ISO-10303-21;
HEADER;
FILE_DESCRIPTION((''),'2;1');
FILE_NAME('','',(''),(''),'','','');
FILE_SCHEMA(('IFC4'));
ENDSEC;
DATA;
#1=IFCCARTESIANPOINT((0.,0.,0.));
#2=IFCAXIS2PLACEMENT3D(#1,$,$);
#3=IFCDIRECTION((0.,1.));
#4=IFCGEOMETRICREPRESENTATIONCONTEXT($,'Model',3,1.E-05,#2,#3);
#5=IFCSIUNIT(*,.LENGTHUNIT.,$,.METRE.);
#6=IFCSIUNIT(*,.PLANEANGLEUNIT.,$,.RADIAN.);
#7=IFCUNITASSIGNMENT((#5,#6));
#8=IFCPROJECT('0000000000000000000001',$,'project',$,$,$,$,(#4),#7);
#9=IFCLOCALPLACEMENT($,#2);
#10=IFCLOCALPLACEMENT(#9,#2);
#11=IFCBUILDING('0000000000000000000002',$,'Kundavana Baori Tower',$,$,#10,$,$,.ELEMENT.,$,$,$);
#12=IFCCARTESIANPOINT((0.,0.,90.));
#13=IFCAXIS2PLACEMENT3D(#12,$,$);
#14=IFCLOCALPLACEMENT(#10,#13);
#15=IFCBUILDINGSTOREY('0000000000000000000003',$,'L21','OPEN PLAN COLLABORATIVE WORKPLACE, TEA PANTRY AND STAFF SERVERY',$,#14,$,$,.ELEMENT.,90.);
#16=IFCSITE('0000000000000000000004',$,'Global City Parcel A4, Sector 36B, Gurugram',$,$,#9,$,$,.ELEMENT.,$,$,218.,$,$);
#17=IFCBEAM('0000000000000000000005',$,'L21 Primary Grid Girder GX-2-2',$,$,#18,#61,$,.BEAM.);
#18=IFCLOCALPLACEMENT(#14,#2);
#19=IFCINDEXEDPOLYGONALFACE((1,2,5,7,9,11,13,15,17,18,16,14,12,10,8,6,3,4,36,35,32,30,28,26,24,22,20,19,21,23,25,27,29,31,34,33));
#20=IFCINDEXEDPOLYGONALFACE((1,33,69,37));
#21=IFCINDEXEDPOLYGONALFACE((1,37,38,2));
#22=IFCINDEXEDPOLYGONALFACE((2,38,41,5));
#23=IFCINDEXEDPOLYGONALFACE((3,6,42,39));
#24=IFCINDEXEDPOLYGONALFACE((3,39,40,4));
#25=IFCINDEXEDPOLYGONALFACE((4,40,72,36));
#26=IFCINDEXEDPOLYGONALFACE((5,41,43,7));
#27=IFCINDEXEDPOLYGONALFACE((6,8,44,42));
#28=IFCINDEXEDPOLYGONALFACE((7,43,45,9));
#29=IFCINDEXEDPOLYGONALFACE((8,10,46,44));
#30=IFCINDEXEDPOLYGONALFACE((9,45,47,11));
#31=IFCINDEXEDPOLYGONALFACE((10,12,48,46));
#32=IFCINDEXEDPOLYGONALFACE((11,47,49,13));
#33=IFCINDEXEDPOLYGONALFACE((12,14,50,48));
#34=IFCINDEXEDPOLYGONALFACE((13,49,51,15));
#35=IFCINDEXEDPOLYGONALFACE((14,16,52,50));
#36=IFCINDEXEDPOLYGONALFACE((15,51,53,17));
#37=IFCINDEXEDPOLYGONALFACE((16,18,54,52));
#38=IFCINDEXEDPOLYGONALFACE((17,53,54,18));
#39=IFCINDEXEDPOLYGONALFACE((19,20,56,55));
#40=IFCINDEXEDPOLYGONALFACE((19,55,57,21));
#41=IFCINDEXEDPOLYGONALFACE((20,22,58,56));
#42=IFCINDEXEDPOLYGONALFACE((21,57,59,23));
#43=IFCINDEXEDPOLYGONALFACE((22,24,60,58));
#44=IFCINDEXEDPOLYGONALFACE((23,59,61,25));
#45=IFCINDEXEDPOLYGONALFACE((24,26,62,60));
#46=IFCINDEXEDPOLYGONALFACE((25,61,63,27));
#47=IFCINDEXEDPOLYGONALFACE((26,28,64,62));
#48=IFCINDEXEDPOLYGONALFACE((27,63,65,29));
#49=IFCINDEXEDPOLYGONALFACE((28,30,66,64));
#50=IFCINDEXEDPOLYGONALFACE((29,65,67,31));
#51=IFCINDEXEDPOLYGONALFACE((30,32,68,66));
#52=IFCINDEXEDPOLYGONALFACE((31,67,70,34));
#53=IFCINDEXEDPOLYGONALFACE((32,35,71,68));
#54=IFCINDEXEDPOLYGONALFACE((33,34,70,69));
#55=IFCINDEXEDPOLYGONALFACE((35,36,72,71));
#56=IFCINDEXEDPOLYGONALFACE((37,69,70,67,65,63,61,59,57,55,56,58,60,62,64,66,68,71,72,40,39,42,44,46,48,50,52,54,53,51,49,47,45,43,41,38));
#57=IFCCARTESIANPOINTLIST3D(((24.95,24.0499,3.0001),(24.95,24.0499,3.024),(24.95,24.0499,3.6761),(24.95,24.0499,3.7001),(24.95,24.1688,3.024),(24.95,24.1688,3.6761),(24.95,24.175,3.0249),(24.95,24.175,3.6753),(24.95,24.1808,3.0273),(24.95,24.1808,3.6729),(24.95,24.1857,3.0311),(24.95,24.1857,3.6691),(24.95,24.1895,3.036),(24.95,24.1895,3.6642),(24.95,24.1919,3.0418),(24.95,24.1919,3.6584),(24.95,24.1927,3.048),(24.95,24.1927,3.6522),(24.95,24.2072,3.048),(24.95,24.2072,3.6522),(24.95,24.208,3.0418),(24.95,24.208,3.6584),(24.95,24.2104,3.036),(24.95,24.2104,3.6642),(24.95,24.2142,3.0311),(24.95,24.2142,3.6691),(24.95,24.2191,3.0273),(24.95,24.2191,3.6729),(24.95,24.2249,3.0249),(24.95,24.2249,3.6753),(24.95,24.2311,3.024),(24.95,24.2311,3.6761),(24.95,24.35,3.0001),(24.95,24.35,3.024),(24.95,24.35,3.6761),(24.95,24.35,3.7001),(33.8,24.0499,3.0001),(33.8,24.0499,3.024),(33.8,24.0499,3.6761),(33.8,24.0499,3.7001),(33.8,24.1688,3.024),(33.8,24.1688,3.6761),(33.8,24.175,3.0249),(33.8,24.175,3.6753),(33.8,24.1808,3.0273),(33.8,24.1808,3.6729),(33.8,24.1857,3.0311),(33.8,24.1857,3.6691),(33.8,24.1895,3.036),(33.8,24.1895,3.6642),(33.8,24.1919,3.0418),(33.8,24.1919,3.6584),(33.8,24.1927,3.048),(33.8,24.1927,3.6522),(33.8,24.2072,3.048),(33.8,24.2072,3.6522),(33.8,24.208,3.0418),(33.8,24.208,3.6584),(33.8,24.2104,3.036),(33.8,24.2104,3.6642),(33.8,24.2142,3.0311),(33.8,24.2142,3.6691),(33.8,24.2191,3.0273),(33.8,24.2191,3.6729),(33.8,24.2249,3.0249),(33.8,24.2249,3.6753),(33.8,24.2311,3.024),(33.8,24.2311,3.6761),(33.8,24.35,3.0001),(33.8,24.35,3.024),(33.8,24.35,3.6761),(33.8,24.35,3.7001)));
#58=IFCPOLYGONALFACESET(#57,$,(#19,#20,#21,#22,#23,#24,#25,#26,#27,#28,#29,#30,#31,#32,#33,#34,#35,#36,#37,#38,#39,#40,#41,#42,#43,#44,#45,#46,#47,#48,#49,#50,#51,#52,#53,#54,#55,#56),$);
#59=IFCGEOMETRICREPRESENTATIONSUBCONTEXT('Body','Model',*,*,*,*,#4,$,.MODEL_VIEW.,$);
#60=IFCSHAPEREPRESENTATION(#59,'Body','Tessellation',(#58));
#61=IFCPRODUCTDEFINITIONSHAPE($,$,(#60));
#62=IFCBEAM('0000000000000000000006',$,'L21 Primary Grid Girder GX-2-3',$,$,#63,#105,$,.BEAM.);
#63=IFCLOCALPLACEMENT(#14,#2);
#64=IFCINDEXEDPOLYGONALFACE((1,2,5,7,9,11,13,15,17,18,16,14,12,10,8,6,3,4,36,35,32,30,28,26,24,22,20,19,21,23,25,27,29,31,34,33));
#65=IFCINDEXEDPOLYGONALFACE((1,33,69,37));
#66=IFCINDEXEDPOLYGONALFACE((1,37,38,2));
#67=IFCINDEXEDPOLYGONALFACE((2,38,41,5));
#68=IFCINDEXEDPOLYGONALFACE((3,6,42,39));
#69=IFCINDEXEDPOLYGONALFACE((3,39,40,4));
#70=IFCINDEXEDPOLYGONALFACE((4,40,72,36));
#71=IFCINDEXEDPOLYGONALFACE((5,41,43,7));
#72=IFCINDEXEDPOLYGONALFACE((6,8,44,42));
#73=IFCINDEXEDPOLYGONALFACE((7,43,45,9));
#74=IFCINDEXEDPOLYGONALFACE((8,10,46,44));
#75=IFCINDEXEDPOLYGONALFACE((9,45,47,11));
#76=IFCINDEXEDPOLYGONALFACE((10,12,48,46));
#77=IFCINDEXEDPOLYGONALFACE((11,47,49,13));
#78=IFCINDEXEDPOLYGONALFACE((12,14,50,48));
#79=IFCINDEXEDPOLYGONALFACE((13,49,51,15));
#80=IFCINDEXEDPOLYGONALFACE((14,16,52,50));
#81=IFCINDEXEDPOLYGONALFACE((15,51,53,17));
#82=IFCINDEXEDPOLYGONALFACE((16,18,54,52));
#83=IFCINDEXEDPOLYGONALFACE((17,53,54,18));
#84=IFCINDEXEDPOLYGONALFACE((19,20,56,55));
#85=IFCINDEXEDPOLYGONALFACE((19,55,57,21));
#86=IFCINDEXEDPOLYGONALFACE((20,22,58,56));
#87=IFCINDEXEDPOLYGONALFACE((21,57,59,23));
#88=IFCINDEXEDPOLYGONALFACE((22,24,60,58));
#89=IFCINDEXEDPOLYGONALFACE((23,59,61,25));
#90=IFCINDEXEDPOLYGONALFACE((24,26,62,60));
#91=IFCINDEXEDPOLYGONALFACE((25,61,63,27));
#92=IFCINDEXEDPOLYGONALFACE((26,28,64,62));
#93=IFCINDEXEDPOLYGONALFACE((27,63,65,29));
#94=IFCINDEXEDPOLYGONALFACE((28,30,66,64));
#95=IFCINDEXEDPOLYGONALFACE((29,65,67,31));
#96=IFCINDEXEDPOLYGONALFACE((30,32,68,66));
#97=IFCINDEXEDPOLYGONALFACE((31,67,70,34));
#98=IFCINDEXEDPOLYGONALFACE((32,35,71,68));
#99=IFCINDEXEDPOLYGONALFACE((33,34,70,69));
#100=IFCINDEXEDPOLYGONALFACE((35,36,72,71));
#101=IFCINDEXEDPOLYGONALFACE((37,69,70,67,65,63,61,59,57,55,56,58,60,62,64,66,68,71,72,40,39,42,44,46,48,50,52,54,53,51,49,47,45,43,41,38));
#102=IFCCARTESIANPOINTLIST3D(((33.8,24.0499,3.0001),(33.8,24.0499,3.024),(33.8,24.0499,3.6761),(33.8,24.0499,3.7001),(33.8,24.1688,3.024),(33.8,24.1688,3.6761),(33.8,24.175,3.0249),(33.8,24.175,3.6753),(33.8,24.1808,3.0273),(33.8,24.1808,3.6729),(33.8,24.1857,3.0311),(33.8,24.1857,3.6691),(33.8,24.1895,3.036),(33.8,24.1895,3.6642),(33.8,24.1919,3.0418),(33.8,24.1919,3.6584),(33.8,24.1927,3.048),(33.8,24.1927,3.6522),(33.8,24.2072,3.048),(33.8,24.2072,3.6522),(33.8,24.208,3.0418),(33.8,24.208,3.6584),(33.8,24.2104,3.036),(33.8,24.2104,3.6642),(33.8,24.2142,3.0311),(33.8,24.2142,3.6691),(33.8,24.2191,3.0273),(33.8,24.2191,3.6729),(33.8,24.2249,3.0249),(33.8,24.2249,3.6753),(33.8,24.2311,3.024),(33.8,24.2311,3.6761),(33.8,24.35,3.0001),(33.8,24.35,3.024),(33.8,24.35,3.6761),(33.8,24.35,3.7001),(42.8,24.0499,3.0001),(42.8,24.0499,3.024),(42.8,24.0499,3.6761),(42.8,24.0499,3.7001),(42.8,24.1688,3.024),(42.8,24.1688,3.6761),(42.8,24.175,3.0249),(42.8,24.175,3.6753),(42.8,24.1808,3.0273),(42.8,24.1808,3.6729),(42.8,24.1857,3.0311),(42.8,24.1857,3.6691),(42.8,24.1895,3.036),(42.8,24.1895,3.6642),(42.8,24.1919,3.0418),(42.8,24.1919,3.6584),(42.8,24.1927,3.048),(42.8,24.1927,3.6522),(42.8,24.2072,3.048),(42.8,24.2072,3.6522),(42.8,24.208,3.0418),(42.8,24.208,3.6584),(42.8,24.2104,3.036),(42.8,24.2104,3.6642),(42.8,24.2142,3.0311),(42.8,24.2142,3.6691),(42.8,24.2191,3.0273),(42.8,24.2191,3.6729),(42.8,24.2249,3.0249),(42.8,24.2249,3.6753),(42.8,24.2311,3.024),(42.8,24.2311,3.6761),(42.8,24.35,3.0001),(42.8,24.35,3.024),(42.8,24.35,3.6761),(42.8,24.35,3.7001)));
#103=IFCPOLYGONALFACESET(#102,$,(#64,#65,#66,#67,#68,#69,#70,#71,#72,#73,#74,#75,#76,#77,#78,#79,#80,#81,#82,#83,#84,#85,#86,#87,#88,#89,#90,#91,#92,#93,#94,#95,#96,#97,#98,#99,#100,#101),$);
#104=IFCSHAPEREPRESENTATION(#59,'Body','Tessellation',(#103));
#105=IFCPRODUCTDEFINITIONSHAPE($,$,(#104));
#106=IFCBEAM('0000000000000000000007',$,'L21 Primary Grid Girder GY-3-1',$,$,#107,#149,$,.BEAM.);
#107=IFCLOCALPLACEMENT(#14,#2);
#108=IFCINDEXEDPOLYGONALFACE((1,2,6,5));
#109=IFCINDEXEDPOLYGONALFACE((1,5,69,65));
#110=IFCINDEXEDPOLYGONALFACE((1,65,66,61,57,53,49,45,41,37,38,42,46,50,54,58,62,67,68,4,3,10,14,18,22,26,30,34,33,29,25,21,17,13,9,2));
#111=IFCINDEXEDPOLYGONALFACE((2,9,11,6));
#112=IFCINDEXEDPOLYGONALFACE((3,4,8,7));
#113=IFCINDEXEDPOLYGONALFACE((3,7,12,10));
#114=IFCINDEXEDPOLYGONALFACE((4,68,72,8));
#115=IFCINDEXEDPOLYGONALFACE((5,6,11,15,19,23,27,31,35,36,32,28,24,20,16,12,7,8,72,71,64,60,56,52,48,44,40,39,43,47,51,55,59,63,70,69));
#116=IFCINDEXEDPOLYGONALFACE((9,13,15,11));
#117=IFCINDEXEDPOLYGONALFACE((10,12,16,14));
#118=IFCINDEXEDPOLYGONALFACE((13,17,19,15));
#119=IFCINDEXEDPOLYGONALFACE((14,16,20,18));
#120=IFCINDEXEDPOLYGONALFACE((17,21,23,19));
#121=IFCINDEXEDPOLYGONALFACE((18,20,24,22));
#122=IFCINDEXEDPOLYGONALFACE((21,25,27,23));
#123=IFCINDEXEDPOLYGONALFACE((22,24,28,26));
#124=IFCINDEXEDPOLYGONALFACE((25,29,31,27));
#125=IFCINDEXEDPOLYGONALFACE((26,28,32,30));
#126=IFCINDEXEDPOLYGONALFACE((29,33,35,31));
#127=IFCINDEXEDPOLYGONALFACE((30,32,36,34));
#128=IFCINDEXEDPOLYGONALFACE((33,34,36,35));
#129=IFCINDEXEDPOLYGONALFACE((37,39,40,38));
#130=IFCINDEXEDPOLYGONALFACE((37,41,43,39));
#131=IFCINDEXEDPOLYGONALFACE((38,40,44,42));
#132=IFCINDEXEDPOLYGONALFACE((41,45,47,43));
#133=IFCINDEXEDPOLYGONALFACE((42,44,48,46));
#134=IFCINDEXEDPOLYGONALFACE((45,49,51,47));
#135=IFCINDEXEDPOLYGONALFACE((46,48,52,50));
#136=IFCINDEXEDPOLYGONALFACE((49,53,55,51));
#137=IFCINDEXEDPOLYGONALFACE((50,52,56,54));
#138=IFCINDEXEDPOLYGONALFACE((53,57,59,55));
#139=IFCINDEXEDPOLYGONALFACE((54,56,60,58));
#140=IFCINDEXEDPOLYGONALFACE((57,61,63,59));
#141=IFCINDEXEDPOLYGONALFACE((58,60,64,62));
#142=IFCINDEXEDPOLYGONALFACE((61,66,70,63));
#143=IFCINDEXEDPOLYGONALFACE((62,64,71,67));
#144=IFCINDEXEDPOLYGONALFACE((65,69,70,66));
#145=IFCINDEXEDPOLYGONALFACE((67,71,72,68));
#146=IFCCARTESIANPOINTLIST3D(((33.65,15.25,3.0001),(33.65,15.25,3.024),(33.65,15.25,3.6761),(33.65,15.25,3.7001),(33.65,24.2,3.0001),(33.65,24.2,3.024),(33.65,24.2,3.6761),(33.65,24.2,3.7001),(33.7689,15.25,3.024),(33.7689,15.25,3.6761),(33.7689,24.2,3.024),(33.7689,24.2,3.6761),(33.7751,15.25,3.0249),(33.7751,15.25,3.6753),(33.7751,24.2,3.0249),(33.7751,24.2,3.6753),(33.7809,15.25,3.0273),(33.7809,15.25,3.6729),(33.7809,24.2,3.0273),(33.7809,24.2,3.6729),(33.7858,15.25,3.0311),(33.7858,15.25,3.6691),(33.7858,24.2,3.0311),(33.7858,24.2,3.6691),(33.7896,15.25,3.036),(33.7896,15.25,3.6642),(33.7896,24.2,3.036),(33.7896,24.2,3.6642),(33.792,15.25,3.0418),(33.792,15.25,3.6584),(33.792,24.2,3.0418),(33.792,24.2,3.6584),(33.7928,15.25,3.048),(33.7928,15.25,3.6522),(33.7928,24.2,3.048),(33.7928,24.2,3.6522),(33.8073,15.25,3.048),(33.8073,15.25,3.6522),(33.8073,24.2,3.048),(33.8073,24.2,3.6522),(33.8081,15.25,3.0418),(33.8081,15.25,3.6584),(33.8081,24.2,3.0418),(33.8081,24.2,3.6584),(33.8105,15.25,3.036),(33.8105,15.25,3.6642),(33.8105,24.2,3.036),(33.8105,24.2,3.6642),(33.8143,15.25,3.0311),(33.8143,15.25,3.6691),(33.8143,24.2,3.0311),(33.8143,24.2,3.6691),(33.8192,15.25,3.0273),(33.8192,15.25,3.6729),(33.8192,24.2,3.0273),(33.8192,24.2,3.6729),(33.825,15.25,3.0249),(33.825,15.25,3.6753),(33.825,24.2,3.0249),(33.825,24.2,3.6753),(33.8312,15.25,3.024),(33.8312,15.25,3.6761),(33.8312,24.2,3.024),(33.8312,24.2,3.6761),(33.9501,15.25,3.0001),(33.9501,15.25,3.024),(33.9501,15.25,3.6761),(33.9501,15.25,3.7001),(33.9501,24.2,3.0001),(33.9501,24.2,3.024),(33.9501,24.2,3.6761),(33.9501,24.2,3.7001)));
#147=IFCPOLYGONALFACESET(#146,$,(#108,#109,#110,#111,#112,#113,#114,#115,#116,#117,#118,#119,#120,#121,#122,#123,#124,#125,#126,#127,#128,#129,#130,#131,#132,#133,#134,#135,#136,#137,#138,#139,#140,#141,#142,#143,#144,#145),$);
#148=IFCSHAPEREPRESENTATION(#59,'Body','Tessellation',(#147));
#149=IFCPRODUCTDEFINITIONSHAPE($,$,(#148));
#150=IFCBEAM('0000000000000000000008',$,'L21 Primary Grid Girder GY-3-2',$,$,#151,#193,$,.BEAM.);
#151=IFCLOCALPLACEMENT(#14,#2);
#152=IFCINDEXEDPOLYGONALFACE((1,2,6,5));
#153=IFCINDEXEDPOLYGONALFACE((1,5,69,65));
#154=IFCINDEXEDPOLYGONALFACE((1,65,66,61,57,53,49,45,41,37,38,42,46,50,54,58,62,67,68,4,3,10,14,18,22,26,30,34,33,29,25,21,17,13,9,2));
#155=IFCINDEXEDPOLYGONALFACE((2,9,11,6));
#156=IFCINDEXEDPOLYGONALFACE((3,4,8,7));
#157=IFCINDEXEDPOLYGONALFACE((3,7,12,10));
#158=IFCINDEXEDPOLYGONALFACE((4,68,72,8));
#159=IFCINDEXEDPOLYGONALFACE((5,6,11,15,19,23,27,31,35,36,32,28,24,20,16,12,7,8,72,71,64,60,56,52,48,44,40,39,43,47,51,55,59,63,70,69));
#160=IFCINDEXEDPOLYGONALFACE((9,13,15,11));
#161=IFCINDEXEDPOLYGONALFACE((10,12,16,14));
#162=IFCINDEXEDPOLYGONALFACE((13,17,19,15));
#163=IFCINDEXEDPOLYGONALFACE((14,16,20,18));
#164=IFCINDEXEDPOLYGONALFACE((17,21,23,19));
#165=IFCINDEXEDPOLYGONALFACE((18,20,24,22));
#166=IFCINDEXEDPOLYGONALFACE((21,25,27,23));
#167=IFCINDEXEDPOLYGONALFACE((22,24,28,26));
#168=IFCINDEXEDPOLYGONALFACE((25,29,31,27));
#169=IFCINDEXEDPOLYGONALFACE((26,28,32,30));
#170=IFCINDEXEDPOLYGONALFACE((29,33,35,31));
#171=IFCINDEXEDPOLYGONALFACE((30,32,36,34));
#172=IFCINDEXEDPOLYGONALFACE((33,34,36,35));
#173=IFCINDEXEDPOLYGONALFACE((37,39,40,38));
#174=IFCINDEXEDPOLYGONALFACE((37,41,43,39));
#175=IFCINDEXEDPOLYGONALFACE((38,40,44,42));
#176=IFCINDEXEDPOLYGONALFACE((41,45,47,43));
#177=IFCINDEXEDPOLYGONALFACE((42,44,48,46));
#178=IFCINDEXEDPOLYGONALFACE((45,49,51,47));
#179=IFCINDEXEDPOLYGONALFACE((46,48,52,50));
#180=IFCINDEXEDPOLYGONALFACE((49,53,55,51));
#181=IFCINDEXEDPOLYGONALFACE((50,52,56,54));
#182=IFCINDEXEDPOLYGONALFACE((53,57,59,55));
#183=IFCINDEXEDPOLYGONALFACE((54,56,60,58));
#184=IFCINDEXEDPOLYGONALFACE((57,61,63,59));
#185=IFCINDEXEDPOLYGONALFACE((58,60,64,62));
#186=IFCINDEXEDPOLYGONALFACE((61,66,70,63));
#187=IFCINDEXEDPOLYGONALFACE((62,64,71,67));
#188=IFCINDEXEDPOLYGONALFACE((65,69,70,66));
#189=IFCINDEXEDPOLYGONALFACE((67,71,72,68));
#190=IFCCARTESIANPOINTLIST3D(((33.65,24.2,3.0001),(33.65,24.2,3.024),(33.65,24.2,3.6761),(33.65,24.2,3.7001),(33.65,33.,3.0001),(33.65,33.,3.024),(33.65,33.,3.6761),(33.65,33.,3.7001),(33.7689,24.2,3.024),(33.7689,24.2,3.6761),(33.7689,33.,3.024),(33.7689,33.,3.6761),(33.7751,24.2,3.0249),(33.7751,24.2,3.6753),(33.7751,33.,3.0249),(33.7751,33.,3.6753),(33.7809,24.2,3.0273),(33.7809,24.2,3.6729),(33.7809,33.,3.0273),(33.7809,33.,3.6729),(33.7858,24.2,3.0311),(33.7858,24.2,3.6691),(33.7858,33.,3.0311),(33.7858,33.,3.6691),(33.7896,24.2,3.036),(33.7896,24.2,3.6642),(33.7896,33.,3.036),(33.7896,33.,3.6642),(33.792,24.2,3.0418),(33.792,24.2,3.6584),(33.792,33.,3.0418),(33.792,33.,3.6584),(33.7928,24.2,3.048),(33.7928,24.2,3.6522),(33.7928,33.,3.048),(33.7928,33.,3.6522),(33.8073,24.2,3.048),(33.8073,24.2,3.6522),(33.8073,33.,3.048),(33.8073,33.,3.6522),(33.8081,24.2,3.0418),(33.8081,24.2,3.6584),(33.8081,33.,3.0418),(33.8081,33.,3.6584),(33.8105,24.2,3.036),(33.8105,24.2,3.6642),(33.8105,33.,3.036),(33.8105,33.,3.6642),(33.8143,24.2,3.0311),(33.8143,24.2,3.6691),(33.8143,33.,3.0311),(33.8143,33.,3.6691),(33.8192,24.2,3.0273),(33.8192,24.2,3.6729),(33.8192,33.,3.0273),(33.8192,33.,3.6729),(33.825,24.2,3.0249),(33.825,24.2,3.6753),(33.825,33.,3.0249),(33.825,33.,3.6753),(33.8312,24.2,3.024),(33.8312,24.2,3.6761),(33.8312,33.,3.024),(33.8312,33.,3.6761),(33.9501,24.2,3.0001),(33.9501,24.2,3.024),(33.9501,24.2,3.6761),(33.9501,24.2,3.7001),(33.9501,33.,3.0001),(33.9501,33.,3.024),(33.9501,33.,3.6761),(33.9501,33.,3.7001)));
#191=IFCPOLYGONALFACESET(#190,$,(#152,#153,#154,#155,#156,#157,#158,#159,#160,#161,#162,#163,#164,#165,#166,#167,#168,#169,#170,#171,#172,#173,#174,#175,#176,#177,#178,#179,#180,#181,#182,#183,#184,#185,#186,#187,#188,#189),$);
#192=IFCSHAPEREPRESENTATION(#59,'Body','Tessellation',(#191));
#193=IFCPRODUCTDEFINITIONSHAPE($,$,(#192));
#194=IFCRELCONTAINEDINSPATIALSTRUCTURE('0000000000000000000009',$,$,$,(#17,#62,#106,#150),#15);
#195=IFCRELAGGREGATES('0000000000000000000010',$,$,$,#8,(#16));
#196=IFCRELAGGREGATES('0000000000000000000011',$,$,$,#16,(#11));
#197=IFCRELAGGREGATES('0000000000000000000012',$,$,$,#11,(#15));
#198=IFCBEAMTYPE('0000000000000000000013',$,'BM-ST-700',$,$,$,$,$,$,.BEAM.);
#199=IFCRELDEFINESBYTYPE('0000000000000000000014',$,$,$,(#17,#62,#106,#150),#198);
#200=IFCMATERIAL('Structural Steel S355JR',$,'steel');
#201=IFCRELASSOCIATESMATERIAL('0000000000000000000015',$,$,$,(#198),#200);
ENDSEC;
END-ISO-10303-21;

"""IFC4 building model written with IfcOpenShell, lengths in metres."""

from ifc_helpers import new_model, si_unit, direction, frame, origin, origin_2d, place, context, subcontext, project, spatial, i_section, extrude, material, material_profile, profile_set, type_object, element, save


model = new_model("IFC4")

# Units and contexts
model_context = context("Model", 3, precision=1e-05, world=origin(), true_north=direction((0.0, 1.0)))
body_context = subcontext(model_context, "Body", "Model", "MODEL_VIEW")
ifc_project = project(units=[si_unit("LENGTHUNIT", "METRE"), si_unit("PLANEANGLEUNIT", "RADIAN")], contexts=[model_context])

# Site, building, storey
site_placement = place(None, origin())
site = spatial("IfcSite", under=ifc_project, at=site_placement, Name="Global City Parcel A4, Sector 36B, Gurugram", CompositionType="ELEMENT", RefElevation=218.0)
building_placement = place(site_placement, origin())
building = spatial("IfcBuilding", under=site, at=building_placement, Name="Kundavana Baori Tower", CompositionType="ELEMENT")
storey_placement = place(building_placement, frame((0.0, 0.0, 90.0)))
storey = spatial("IfcBuildingStorey", under=building, at=storey_placement, Name="L21", Description="OPEN PLAN COLLABORATIVE WORKPLACE, TEA PANTRY AND STAFF SERVERY", CompositionType="ELEMENT", Elevation=90.0)

# Beams
ifc_material_1 = material(Name="Structural Steel S355JR", Category="steel")
ifc_material_profile_1 = material_profile(ifc_material_1, i_section(OverallWidth=0.3, OverallDepth=0.7, WebThickness=0.0144, FlangeThickness=0.0239, FilletRadius=0.0239, at=origin_2d()), Name="NPB 700x300x170")
ifc_profile_set_1 = profile_set([ifc_material_profile_1], Name="Structural Steel S355JR")
beam_type_1 = type_object("IfcBeamType", Name="BM-ST-700", PredefinedType="BEAM", material=ifc_profile_set_1)
beam_1_placement = place(storey_placement, frame((24.95, 24.2, 3.3501), z_axis=(1.0, 0.0, 0.0), x_axis=(0.0, 1.0, 0.0)))
element("IfcBeam", 1, at=beam_1_placement, inside=storey, type_object=beam_type_1, Name="L21 Primary Grid Girder GX-2-2", PredefinedType="BEAM", context=body_context, shape_type="SweptSolid", body=[
    extrude(i_section(OverallWidth=0.3, OverallDepth=0.7, WebThickness=0.0144, FlangeThickness=0.0239, FilletRadius=0.0239, at=origin_2d()), origin(), (0.0, 0.0, 1.0), 8.8501),
])
beam_2_placement = place(storey_placement, frame((33.8, 24.2, 3.3501), z_axis=(1.0, 0.0, 0.0), x_axis=(0.0, 1.0, 0.0)))
element("IfcBeam", 2, at=beam_2_placement, inside=storey, type_object=beam_type_1, Name="L21 Primary Grid Girder GX-2-3", PredefinedType="BEAM", context=body_context, shape_type="SweptSolid", body=[
    extrude(i_section(OverallWidth=0.3, OverallDepth=0.7, WebThickness=0.0144, FlangeThickness=0.0239, FilletRadius=0.0239, at=origin_2d()), origin(), (0.0, 0.0, 1.0), 9.0),
])
beam_3_placement = place(storey_placement, frame((33.8, 15.25, 3.3501), z_axis=(0.0, 1.0, 0.0), x_axis=(-1.0, 0.0, 0.0)))
element("IfcBeam", 3, at=beam_3_placement, inside=storey, type_object=beam_type_1, Name="L21 Primary Grid Girder GY-3-1", PredefinedType="BEAM", context=body_context, shape_type="SweptSolid", body=[
    extrude(i_section(OverallWidth=0.3, OverallDepth=0.7, WebThickness=0.0144, FlangeThickness=0.0239, FilletRadius=0.0239, at=origin_2d()), origin(), (0.0, 0.0, 1.0), 8.95),
])
beam_4_placement = place(storey_placement, frame((33.8, 24.2, 3.3501), z_axis=(0.0, 1.0, 0.0), x_axis=(-1.0, 0.0, 0.0)))
element("IfcBeam", 4, at=beam_4_placement, inside=storey, type_object=beam_type_1, Name="L21 Primary Grid Girder GY-3-2", PredefinedType="BEAM", context=body_context, shape_type="SweptSolid", body=[
    extrude(i_section(OverallWidth=0.3, OverallDepth=0.7, WebThickness=0.0144, FlangeThickness=0.0239, FilletRadius=0.0239, at=origin_2d()), origin(), (0.0, 0.0, 1.0), 8.8),
])

save(model, "model.ifc")
